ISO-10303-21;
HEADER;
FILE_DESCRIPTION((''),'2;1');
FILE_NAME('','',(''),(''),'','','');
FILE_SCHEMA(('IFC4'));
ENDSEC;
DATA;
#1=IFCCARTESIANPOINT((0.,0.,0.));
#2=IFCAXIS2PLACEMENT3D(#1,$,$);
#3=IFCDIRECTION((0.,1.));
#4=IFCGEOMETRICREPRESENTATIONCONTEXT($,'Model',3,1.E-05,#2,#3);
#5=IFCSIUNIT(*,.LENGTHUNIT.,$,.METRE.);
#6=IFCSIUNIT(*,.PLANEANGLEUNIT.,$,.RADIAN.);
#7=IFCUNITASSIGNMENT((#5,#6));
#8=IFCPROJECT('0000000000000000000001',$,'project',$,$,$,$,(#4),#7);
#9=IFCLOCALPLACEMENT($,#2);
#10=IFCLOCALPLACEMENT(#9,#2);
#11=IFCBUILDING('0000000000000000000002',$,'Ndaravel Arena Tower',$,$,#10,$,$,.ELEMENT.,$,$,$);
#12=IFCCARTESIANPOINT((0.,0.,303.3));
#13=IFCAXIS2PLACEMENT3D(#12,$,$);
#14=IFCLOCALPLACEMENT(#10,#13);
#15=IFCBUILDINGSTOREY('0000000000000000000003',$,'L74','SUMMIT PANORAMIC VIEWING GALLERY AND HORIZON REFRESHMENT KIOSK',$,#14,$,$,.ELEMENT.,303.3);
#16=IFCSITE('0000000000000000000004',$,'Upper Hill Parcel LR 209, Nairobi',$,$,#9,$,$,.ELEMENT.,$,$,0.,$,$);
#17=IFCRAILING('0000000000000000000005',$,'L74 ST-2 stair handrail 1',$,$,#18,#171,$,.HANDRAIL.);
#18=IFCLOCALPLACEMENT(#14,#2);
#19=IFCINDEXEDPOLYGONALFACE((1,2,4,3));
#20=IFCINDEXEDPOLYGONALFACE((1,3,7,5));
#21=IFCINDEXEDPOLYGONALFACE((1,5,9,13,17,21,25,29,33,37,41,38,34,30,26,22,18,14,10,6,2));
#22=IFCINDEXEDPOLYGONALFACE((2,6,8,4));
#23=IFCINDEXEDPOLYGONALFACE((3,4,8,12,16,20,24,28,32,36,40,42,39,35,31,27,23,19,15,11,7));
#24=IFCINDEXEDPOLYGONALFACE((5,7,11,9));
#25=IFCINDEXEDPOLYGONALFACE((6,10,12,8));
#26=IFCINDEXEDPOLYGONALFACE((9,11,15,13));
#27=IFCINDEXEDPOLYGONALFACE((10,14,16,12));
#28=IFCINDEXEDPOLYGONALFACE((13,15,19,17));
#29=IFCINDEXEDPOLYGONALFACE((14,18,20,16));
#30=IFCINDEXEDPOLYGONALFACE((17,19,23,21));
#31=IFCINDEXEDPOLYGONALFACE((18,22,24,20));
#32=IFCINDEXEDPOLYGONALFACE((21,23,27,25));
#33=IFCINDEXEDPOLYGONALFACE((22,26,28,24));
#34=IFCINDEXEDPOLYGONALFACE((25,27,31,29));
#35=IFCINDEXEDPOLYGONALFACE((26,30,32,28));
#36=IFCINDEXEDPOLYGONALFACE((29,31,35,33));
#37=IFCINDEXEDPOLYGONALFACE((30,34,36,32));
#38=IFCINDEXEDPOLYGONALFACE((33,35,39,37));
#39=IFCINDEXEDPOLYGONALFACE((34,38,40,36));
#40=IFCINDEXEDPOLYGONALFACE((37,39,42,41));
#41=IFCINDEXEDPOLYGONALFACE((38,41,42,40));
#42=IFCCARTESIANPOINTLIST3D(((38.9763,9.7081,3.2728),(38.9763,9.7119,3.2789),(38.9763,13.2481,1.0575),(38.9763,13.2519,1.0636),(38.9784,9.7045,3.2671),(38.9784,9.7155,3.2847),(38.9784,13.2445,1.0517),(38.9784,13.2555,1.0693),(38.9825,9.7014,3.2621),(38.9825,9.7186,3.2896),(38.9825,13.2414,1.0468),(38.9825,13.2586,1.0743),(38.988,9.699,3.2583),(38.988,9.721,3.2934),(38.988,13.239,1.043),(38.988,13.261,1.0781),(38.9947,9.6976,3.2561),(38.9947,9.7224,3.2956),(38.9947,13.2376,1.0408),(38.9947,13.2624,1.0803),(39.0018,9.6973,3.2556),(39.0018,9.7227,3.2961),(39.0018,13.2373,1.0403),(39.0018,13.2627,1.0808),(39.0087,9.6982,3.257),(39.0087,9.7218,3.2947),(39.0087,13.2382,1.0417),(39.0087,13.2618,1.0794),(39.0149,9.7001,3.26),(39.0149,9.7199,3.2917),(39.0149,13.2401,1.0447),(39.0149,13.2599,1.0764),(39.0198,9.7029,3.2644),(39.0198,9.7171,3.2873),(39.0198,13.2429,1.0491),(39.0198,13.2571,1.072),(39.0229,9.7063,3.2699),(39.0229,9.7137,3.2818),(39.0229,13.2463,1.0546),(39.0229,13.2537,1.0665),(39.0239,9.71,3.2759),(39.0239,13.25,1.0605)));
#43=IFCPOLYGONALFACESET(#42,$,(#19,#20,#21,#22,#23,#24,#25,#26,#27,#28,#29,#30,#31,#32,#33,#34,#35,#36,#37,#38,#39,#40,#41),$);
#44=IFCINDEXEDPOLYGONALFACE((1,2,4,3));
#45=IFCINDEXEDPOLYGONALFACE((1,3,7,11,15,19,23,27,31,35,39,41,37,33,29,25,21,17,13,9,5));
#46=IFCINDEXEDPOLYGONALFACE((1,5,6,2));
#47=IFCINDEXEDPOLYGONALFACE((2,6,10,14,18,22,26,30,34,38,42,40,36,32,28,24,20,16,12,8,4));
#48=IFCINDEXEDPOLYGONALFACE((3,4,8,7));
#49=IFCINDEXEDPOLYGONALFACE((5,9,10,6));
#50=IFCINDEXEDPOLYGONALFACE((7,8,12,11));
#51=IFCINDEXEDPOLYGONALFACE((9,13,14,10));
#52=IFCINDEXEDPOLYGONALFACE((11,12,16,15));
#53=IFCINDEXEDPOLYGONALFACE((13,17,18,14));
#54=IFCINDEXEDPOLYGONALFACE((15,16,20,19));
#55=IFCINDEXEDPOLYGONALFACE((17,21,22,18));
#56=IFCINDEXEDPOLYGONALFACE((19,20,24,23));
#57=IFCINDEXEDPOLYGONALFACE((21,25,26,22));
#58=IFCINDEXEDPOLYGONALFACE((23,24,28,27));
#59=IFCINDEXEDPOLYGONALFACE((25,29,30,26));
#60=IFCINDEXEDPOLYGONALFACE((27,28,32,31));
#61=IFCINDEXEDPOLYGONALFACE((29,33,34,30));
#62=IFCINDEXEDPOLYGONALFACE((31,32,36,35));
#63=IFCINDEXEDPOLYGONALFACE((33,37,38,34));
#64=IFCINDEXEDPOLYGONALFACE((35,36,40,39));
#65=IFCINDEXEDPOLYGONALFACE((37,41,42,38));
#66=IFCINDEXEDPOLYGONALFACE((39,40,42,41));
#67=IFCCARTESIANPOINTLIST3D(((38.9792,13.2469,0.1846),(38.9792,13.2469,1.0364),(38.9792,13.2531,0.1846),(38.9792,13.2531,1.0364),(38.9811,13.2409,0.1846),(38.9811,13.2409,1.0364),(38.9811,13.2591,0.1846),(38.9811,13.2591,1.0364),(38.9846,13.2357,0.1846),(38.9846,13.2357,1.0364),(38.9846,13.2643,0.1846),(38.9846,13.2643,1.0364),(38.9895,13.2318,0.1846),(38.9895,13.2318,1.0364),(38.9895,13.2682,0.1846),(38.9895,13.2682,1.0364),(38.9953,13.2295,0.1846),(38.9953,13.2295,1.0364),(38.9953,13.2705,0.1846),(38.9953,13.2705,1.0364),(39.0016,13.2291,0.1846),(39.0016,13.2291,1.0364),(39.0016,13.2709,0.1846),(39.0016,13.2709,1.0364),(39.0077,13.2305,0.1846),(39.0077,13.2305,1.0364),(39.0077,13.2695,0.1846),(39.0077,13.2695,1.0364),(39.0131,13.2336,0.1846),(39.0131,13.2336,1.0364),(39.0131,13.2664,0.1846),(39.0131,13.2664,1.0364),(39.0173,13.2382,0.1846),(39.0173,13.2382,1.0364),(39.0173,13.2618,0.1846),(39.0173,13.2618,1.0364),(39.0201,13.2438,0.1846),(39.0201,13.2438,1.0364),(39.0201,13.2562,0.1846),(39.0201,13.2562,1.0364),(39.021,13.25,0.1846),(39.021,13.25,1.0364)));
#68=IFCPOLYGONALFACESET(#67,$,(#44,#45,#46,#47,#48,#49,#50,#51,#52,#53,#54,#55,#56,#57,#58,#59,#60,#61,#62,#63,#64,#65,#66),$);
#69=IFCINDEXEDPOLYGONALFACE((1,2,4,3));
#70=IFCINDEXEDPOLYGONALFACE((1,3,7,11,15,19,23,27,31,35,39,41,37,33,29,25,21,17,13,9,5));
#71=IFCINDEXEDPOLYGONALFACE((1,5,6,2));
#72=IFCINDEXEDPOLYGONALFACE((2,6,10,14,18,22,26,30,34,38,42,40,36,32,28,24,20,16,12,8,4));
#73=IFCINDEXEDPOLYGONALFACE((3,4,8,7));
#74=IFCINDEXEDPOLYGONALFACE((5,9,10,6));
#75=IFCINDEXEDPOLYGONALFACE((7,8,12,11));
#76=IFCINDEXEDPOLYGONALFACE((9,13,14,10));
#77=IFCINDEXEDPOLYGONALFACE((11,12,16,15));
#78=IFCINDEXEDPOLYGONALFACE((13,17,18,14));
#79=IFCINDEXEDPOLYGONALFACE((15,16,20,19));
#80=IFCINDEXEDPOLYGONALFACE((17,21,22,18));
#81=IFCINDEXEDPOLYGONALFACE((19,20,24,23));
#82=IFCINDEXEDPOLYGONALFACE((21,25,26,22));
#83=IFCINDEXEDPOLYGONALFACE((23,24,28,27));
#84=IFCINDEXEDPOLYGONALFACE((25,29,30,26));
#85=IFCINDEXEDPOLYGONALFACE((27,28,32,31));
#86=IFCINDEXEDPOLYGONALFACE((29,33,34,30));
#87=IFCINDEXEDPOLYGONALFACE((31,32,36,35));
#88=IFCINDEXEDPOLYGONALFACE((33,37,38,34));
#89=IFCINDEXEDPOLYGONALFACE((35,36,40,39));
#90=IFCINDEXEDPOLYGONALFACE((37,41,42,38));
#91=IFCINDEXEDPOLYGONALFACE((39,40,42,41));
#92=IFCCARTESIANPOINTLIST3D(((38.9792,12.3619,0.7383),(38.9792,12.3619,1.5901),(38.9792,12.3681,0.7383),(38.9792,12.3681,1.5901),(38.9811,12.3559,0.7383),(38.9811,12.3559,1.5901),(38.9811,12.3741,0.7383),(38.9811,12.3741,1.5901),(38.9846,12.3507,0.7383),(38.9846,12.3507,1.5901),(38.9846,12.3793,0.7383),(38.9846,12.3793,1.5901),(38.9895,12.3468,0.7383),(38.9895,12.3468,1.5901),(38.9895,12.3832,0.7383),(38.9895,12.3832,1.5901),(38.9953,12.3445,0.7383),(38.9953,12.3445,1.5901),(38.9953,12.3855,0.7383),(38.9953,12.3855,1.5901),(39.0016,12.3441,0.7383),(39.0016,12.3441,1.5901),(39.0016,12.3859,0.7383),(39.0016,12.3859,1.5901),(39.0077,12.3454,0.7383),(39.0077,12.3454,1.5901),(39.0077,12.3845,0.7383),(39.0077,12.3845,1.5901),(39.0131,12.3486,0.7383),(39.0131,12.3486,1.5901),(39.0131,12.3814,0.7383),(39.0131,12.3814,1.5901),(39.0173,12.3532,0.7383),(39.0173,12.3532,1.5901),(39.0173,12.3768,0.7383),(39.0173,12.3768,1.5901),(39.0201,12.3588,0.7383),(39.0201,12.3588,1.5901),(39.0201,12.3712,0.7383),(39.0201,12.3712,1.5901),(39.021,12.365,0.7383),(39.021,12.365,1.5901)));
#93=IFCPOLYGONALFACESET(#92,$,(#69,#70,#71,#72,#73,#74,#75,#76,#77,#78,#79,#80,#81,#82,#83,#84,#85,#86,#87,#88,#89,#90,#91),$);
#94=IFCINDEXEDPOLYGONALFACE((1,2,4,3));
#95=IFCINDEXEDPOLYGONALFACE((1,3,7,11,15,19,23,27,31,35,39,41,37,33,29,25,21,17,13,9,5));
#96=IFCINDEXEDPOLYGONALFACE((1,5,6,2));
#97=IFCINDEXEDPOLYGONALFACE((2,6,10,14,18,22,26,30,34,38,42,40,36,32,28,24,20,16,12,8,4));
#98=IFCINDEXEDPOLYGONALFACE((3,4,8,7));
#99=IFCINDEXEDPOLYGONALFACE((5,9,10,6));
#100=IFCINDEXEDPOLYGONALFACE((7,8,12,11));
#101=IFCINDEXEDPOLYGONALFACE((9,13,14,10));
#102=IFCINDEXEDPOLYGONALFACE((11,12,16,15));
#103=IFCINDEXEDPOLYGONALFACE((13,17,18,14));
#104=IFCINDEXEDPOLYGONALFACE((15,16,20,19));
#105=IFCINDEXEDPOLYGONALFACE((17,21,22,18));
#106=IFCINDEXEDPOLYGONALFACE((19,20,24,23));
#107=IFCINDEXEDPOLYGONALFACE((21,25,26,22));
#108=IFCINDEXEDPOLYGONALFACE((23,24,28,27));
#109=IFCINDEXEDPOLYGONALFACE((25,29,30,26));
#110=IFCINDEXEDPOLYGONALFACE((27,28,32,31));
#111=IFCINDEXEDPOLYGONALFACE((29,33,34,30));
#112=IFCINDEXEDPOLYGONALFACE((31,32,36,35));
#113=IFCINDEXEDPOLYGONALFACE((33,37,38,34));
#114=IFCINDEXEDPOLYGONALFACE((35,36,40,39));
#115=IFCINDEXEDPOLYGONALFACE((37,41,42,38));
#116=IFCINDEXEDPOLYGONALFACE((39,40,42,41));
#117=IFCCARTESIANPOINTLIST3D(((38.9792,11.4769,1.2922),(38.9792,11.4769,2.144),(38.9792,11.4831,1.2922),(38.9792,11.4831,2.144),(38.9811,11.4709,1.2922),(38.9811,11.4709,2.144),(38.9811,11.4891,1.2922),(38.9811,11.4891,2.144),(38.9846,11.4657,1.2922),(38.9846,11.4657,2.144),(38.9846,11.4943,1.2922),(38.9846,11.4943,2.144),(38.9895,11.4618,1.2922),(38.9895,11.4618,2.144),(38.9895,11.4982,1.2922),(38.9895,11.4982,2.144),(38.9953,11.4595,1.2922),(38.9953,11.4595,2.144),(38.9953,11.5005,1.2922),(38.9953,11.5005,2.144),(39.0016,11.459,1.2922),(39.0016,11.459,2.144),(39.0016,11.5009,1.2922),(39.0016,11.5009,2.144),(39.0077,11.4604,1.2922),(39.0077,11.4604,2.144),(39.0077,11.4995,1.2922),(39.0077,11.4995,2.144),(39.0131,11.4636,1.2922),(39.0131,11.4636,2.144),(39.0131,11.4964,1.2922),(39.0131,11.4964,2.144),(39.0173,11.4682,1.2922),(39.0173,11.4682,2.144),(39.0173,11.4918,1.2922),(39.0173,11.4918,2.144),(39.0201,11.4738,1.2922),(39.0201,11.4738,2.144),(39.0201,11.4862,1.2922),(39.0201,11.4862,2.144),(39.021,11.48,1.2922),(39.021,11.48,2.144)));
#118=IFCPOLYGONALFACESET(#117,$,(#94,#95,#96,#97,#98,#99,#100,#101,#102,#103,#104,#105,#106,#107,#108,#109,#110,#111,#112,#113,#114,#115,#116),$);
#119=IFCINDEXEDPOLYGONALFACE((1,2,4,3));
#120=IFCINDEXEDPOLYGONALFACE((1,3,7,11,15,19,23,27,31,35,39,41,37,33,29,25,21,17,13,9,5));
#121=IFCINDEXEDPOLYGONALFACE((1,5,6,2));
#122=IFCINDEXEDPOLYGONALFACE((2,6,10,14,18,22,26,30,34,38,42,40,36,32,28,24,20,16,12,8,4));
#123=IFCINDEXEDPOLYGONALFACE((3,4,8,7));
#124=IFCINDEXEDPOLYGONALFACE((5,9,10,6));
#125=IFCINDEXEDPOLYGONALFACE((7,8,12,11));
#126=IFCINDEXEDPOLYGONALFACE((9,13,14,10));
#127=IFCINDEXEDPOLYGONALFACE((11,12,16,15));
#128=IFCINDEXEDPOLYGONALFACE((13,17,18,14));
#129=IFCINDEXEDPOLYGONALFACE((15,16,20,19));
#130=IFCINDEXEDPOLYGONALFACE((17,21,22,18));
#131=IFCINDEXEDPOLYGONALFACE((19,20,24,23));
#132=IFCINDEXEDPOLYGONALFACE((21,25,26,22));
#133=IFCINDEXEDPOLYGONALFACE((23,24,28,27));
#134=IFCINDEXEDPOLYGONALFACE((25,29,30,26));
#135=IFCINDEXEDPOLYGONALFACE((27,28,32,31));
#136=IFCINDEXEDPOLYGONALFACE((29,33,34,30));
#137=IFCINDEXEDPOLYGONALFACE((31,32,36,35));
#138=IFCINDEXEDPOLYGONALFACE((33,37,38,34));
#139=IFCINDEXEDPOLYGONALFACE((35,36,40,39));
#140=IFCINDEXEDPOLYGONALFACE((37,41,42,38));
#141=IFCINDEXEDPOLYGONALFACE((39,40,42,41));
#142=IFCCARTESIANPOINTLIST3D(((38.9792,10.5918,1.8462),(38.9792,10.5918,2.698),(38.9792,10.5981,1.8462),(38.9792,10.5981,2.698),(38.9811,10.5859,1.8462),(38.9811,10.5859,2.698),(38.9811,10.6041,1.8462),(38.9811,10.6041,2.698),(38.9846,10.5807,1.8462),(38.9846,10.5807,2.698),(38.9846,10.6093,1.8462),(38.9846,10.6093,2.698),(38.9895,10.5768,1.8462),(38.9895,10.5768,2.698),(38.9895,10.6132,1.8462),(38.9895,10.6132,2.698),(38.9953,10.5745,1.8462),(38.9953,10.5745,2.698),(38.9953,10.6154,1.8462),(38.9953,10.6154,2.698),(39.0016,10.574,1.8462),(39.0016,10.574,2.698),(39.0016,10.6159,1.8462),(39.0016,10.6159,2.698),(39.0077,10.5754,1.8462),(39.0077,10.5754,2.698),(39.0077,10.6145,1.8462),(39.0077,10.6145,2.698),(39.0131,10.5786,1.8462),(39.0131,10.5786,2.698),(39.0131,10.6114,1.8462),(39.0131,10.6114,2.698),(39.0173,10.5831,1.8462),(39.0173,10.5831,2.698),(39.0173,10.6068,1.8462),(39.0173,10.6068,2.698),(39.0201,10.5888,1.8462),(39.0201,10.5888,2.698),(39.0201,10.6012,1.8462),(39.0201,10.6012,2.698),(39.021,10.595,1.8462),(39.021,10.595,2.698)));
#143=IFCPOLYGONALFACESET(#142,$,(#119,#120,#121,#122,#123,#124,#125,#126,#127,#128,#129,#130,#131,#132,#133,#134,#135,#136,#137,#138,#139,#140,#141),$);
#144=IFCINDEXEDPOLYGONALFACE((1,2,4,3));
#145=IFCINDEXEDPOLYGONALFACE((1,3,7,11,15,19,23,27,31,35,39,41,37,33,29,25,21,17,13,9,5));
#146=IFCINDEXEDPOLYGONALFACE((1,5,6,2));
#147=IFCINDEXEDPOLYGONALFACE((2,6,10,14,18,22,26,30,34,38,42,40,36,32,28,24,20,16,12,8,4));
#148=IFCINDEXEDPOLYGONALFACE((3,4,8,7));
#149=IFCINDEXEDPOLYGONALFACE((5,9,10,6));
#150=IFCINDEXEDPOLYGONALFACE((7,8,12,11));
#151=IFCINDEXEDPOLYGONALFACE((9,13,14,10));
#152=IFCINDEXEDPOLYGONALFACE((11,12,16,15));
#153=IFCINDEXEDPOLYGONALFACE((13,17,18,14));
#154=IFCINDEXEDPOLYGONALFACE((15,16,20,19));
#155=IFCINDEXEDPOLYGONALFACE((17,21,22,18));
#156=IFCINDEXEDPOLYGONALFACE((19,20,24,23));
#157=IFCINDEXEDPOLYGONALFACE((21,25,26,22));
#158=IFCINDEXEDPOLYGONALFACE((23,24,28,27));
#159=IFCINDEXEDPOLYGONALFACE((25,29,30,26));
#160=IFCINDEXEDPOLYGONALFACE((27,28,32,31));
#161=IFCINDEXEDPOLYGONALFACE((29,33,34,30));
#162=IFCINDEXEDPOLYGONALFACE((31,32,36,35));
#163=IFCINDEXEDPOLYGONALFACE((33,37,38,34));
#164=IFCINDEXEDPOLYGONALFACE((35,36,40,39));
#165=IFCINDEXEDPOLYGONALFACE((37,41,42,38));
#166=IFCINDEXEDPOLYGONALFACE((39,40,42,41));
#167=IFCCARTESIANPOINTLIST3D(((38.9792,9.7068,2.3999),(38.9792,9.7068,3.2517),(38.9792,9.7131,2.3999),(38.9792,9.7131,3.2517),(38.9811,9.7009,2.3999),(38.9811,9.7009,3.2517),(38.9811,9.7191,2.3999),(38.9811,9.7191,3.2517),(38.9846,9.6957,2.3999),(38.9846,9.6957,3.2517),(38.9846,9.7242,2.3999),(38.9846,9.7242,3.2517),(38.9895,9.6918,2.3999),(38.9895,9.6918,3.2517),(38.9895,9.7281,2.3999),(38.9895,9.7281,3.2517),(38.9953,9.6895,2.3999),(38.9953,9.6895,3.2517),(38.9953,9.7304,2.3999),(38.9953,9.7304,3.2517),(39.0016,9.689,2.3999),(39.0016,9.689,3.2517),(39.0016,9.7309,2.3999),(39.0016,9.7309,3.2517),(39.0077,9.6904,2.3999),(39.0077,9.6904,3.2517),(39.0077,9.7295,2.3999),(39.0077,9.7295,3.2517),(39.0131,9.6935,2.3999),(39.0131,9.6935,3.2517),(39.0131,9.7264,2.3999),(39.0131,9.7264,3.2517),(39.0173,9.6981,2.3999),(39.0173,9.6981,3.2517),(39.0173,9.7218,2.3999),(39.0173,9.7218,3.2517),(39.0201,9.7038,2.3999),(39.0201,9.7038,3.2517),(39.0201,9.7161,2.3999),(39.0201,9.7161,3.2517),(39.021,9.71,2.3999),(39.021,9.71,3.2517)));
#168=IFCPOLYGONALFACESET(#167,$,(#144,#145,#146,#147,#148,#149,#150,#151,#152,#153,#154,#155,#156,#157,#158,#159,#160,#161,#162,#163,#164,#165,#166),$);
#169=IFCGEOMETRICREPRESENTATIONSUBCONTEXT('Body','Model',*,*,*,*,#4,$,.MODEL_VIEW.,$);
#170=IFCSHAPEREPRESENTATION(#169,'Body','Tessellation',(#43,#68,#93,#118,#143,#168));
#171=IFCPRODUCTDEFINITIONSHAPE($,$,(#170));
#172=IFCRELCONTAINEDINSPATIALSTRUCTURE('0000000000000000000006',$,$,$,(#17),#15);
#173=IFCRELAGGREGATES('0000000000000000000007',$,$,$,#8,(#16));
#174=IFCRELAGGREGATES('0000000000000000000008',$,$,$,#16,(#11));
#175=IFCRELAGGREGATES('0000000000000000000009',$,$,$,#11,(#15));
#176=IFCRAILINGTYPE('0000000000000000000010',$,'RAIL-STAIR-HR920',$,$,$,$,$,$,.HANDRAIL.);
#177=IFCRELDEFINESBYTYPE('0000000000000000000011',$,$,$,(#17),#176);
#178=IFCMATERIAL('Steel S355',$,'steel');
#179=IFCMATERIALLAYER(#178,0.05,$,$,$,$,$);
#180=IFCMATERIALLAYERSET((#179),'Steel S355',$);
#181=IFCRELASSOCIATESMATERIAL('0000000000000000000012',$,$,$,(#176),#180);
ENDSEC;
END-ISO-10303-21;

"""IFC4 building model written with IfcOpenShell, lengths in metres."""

from ifc_helpers import new_model, si_unit, direction, frame, origin, origin_2d, place, context, subcontext, project, spatial, circle, extrude, material, layer, layer_set, type_object, element, save


model = new_model("IFC4")

# Units and contexts
model_context = context("Model", 3, precision=1e-05, world=origin(), true_north=direction((0.0, 1.0)))
body_context = subcontext(model_context, "Body", "Model", "MODEL_VIEW")
ifc_project = project(units=[si_unit("LENGTHUNIT", "METRE"), si_unit("PLANEANGLEUNIT", "RADIAN")], contexts=[model_context])

# Site, building, storey
site_placement = place(None, origin())
site = spatial("IfcSite", under=ifc_project, at=site_placement, Name="Upper Hill Parcel LR 209, Nairobi", CompositionType="ELEMENT", RefElevation=0.0)
building_placement = place(site_placement, origin())
building = spatial("IfcBuilding", under=site, at=building_placement, Name="Ndaravel Arena Tower", CompositionType="ELEMENT")
storey_placement = place(building_placement, frame((0.0, 0.0, 303.3)))
storey = spatial("IfcBuildingStorey", under=building, at=storey_placement, Name="L74", Description="SUMMIT PANORAMIC VIEWING GALLERY AND HORIZON REFRESHMENT KIOSK", CompositionType="ELEMENT", Elevation=303.3)

# Railing
ifc_material_1 = material(Name="Steel S355", Category="steel")
ifc_layer_1 = layer(ifc_material_1, 0.05)
ifc_layer_set_1 = layer_set([ifc_layer_1], Name="Steel S355")
railing_type_1 = type_object("IfcRailingType", Name="RAIL-STAIR-HR920", PredefinedType="HANDRAIL", material=ifc_layer_set_1)
railing_1_placement = place(storey_placement, frame((39.0, 13.25, 0.1846)))
element("IfcRailing", 1, at=railing_1_placement, inside=storey, type_object=railing_type_1, Name="L74 ST-2 stair handrail 1", PredefinedType="HANDRAIL", context=body_context, shape_type="SweptSolid", body=[
    extrude(circle(Radius=0.0239, at=origin_2d()), frame((0.0, 0.0, 0.876), z_axis=(0.0, -0.847696, 0.530482), x_axis=(1.0, 0.0, 0.0)), (0.0, 0.0, 1.0), 4.176),
    extrude(circle(Radius=0.021, at=origin_2d()), origin(), (0.0, 0.0, 1.0), 0.8518),
    extrude(circle(Radius=0.021, at=origin_2d()), frame((0.0, -0.885, 0.5537)), (0.0, 0.0, 1.0), 0.8518),
    extrude(circle(Radius=0.021, at=origin_2d()), frame((0.0, -1.77, 1.1077)), (0.0, 0.0, 1.0), 0.8518),
    extrude(circle(Radius=0.021, at=origin_2d()), frame((0.0, -2.655, 1.6616)), (0.0, 0.0, 1.0), 0.8518),
    extrude(circle(Radius=0.021, at=origin_2d()), frame((0.0, -3.54, 2.2153)), (0.0, 0.0, 1.0), 0.8518),
])

save(model, "model.ifc")
